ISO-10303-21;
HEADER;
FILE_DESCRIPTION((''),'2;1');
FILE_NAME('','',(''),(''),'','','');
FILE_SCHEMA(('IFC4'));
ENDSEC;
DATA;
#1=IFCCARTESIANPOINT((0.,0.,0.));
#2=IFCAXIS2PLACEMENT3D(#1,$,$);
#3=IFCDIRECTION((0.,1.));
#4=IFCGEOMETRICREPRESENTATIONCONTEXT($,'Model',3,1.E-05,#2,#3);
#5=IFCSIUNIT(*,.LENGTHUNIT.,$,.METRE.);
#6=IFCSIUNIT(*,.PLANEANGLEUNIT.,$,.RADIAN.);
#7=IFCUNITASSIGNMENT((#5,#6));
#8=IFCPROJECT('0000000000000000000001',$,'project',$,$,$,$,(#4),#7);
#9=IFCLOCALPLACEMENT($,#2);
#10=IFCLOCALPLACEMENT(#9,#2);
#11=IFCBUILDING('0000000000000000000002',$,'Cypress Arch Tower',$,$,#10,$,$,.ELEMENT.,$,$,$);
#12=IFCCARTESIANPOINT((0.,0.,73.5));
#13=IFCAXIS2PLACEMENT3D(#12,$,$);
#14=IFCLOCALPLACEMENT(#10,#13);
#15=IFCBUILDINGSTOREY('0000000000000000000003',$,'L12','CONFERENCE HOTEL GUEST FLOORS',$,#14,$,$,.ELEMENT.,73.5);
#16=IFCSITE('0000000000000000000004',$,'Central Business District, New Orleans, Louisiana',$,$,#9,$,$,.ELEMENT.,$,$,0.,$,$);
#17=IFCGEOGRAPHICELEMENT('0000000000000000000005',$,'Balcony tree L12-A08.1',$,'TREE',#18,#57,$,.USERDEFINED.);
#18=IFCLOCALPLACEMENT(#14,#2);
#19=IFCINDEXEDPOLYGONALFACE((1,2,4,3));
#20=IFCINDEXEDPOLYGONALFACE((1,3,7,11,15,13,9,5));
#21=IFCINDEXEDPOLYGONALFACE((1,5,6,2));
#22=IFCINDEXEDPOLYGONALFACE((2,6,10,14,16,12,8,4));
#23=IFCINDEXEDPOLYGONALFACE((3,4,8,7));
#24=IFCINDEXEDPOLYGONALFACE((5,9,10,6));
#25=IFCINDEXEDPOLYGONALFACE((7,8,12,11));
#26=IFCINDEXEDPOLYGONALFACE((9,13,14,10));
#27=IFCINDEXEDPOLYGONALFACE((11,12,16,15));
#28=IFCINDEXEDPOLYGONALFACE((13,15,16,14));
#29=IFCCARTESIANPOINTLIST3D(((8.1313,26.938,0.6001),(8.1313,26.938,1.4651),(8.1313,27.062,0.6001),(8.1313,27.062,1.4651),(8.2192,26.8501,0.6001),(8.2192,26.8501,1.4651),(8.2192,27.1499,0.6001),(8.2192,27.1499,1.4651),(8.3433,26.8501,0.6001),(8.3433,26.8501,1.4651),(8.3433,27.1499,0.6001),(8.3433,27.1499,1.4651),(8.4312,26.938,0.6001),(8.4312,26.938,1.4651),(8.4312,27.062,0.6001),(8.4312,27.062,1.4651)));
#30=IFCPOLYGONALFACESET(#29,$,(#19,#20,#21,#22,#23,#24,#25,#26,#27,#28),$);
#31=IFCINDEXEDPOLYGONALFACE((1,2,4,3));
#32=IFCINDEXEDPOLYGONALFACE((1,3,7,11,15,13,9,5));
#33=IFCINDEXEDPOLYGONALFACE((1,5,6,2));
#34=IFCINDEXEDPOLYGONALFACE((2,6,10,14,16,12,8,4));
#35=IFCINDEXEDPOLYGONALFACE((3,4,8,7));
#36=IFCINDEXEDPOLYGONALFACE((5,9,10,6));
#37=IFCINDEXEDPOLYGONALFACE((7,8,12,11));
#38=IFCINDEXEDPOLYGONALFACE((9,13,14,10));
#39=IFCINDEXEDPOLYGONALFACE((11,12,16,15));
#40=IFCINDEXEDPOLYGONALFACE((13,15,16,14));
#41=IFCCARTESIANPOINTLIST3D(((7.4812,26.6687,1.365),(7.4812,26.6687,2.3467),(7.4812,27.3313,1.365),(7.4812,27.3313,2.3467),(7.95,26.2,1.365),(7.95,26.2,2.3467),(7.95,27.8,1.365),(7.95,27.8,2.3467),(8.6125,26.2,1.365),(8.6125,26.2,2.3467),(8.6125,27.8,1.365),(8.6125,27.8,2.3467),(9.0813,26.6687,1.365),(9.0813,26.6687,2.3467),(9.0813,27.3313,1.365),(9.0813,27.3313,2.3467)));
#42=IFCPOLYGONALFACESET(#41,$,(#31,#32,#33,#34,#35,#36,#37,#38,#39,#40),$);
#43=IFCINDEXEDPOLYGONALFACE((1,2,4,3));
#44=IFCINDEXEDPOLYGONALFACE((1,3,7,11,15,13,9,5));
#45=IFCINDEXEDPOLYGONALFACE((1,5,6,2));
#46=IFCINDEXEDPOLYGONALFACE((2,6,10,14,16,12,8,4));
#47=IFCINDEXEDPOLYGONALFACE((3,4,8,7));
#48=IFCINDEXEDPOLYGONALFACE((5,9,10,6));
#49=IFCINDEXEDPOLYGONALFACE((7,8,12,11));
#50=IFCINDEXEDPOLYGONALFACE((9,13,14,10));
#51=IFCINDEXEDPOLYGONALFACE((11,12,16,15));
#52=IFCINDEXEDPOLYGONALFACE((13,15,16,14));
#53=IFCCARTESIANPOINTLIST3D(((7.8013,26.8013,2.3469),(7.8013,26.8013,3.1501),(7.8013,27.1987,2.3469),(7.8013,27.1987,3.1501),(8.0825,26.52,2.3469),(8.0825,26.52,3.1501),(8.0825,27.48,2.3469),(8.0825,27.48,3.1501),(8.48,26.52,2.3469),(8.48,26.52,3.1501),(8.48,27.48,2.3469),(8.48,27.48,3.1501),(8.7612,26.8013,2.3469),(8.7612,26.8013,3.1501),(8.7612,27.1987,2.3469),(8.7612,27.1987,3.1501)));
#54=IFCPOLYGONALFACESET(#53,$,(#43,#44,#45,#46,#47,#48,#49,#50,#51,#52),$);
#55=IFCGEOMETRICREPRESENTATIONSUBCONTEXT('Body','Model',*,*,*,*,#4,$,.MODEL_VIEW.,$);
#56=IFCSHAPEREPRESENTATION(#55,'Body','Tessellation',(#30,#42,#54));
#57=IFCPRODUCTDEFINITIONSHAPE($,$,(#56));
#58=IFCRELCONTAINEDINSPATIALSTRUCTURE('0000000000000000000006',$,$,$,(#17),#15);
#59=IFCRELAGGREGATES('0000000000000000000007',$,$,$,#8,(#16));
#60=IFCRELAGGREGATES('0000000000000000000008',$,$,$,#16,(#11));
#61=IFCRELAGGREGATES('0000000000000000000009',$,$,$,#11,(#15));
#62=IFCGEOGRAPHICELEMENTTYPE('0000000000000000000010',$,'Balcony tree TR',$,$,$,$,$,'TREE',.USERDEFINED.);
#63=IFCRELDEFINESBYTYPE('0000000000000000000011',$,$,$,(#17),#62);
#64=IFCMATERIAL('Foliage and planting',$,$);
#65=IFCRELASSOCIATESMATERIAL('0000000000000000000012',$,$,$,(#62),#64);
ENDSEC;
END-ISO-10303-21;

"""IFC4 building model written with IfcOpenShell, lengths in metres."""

from ifc_helpers import new_model, si_unit, direction, frame, origin, place, context, subcontext, project, spatial, polyline, outline, extrude, material, type_object, element, save


model = new_model("IFC4")

# Units and contexts
model_context = context("Model", 3, precision=1e-05, world=origin(), true_north=direction((0.0, 1.0)))
body_context = subcontext(model_context, "Body", "Model", "MODEL_VIEW")
ifc_project = project(units=[si_unit("LENGTHUNIT", "METRE"), si_unit("PLANEANGLEUNIT", "RADIAN")], contexts=[model_context])

# Site, building, storey
site_placement = place(None, origin())
site = spatial("IfcSite", under=ifc_project, at=site_placement, Name="Central Business District, New Orleans, Louisiana", CompositionType="ELEMENT", RefElevation=0.0)
building_placement = place(site_placement, origin())
building = spatial("IfcBuilding", under=site, at=building_placement, Name="Cypress Arch Tower", CompositionType="ELEMENT")
storey_placement = place(building_placement, frame((0.0, 0.0, 73.5)))
storey = spatial("IfcBuildingStorey", under=building, at=storey_placement, Name="L12", Description="CONFERENCE HOTEL GUEST FLOORS", CompositionType="ELEMENT", Elevation=73.5)

# Geographic element
ifc_material_1 = material(Name="Foliage and planting")
geographic_element_type = type_object("IfcGeographicElementType", Name="Balcony tree TR", ElementType="TREE", PredefinedType="USERDEFINED", material=ifc_material_1)
geographic_element_placement = place(storey_placement, frame((8.2812, 27.0, 0.6001), z_axis=(0.0, 0.0, 1.0), x_axis=(1.0, 0.0, 0.0)))
element("IfcGeographicElement", 1, at=geographic_element_placement, inside=storey, type_object=geographic_element_type, Name="Balcony tree L12-A08.1", ObjectType="TREE", PredefinedType="USERDEFINED", context=body_context, shape_type="SweptSolid", body=[
    extrude(outline(polyline([(0.1499, 0.062), (0.062, 0.1499), (-0.062, 0.1499), (-0.1499, 0.062), (-0.1499, -0.062), (-0.062, -0.1499), (0.062, -0.1499), (0.1499, -0.062), (0.1499, 0.062)])), origin(), (0.0, 0.0, 1.0), 0.865),
    extrude(outline(polyline([(0.8, 0.3313), (0.3313, 0.8), (-0.3313, 0.8), (-0.8, 0.3313), (-0.8, -0.3313), (-0.3313, -0.8), (0.3313, -0.8), (0.8, -0.3313), (0.8, 0.3313)])), frame((0.0, 0.0, 0.7649)), (0.0, 0.0, 1.0), 0.9817),
    extrude(outline(polyline([(0.48, 0.1987), (0.1987, 0.48), (-0.1987, 0.48), (-0.48, 0.1987), (-0.48, -0.1987), (-0.1987, -0.48), (0.1987, -0.48), (0.48, -0.1987), (0.48, 0.1987)])), frame((0.0, 0.0, 1.7468)), (0.0, 0.0, 1.0), 0.8032),
])

save(model, "model.ifc")
